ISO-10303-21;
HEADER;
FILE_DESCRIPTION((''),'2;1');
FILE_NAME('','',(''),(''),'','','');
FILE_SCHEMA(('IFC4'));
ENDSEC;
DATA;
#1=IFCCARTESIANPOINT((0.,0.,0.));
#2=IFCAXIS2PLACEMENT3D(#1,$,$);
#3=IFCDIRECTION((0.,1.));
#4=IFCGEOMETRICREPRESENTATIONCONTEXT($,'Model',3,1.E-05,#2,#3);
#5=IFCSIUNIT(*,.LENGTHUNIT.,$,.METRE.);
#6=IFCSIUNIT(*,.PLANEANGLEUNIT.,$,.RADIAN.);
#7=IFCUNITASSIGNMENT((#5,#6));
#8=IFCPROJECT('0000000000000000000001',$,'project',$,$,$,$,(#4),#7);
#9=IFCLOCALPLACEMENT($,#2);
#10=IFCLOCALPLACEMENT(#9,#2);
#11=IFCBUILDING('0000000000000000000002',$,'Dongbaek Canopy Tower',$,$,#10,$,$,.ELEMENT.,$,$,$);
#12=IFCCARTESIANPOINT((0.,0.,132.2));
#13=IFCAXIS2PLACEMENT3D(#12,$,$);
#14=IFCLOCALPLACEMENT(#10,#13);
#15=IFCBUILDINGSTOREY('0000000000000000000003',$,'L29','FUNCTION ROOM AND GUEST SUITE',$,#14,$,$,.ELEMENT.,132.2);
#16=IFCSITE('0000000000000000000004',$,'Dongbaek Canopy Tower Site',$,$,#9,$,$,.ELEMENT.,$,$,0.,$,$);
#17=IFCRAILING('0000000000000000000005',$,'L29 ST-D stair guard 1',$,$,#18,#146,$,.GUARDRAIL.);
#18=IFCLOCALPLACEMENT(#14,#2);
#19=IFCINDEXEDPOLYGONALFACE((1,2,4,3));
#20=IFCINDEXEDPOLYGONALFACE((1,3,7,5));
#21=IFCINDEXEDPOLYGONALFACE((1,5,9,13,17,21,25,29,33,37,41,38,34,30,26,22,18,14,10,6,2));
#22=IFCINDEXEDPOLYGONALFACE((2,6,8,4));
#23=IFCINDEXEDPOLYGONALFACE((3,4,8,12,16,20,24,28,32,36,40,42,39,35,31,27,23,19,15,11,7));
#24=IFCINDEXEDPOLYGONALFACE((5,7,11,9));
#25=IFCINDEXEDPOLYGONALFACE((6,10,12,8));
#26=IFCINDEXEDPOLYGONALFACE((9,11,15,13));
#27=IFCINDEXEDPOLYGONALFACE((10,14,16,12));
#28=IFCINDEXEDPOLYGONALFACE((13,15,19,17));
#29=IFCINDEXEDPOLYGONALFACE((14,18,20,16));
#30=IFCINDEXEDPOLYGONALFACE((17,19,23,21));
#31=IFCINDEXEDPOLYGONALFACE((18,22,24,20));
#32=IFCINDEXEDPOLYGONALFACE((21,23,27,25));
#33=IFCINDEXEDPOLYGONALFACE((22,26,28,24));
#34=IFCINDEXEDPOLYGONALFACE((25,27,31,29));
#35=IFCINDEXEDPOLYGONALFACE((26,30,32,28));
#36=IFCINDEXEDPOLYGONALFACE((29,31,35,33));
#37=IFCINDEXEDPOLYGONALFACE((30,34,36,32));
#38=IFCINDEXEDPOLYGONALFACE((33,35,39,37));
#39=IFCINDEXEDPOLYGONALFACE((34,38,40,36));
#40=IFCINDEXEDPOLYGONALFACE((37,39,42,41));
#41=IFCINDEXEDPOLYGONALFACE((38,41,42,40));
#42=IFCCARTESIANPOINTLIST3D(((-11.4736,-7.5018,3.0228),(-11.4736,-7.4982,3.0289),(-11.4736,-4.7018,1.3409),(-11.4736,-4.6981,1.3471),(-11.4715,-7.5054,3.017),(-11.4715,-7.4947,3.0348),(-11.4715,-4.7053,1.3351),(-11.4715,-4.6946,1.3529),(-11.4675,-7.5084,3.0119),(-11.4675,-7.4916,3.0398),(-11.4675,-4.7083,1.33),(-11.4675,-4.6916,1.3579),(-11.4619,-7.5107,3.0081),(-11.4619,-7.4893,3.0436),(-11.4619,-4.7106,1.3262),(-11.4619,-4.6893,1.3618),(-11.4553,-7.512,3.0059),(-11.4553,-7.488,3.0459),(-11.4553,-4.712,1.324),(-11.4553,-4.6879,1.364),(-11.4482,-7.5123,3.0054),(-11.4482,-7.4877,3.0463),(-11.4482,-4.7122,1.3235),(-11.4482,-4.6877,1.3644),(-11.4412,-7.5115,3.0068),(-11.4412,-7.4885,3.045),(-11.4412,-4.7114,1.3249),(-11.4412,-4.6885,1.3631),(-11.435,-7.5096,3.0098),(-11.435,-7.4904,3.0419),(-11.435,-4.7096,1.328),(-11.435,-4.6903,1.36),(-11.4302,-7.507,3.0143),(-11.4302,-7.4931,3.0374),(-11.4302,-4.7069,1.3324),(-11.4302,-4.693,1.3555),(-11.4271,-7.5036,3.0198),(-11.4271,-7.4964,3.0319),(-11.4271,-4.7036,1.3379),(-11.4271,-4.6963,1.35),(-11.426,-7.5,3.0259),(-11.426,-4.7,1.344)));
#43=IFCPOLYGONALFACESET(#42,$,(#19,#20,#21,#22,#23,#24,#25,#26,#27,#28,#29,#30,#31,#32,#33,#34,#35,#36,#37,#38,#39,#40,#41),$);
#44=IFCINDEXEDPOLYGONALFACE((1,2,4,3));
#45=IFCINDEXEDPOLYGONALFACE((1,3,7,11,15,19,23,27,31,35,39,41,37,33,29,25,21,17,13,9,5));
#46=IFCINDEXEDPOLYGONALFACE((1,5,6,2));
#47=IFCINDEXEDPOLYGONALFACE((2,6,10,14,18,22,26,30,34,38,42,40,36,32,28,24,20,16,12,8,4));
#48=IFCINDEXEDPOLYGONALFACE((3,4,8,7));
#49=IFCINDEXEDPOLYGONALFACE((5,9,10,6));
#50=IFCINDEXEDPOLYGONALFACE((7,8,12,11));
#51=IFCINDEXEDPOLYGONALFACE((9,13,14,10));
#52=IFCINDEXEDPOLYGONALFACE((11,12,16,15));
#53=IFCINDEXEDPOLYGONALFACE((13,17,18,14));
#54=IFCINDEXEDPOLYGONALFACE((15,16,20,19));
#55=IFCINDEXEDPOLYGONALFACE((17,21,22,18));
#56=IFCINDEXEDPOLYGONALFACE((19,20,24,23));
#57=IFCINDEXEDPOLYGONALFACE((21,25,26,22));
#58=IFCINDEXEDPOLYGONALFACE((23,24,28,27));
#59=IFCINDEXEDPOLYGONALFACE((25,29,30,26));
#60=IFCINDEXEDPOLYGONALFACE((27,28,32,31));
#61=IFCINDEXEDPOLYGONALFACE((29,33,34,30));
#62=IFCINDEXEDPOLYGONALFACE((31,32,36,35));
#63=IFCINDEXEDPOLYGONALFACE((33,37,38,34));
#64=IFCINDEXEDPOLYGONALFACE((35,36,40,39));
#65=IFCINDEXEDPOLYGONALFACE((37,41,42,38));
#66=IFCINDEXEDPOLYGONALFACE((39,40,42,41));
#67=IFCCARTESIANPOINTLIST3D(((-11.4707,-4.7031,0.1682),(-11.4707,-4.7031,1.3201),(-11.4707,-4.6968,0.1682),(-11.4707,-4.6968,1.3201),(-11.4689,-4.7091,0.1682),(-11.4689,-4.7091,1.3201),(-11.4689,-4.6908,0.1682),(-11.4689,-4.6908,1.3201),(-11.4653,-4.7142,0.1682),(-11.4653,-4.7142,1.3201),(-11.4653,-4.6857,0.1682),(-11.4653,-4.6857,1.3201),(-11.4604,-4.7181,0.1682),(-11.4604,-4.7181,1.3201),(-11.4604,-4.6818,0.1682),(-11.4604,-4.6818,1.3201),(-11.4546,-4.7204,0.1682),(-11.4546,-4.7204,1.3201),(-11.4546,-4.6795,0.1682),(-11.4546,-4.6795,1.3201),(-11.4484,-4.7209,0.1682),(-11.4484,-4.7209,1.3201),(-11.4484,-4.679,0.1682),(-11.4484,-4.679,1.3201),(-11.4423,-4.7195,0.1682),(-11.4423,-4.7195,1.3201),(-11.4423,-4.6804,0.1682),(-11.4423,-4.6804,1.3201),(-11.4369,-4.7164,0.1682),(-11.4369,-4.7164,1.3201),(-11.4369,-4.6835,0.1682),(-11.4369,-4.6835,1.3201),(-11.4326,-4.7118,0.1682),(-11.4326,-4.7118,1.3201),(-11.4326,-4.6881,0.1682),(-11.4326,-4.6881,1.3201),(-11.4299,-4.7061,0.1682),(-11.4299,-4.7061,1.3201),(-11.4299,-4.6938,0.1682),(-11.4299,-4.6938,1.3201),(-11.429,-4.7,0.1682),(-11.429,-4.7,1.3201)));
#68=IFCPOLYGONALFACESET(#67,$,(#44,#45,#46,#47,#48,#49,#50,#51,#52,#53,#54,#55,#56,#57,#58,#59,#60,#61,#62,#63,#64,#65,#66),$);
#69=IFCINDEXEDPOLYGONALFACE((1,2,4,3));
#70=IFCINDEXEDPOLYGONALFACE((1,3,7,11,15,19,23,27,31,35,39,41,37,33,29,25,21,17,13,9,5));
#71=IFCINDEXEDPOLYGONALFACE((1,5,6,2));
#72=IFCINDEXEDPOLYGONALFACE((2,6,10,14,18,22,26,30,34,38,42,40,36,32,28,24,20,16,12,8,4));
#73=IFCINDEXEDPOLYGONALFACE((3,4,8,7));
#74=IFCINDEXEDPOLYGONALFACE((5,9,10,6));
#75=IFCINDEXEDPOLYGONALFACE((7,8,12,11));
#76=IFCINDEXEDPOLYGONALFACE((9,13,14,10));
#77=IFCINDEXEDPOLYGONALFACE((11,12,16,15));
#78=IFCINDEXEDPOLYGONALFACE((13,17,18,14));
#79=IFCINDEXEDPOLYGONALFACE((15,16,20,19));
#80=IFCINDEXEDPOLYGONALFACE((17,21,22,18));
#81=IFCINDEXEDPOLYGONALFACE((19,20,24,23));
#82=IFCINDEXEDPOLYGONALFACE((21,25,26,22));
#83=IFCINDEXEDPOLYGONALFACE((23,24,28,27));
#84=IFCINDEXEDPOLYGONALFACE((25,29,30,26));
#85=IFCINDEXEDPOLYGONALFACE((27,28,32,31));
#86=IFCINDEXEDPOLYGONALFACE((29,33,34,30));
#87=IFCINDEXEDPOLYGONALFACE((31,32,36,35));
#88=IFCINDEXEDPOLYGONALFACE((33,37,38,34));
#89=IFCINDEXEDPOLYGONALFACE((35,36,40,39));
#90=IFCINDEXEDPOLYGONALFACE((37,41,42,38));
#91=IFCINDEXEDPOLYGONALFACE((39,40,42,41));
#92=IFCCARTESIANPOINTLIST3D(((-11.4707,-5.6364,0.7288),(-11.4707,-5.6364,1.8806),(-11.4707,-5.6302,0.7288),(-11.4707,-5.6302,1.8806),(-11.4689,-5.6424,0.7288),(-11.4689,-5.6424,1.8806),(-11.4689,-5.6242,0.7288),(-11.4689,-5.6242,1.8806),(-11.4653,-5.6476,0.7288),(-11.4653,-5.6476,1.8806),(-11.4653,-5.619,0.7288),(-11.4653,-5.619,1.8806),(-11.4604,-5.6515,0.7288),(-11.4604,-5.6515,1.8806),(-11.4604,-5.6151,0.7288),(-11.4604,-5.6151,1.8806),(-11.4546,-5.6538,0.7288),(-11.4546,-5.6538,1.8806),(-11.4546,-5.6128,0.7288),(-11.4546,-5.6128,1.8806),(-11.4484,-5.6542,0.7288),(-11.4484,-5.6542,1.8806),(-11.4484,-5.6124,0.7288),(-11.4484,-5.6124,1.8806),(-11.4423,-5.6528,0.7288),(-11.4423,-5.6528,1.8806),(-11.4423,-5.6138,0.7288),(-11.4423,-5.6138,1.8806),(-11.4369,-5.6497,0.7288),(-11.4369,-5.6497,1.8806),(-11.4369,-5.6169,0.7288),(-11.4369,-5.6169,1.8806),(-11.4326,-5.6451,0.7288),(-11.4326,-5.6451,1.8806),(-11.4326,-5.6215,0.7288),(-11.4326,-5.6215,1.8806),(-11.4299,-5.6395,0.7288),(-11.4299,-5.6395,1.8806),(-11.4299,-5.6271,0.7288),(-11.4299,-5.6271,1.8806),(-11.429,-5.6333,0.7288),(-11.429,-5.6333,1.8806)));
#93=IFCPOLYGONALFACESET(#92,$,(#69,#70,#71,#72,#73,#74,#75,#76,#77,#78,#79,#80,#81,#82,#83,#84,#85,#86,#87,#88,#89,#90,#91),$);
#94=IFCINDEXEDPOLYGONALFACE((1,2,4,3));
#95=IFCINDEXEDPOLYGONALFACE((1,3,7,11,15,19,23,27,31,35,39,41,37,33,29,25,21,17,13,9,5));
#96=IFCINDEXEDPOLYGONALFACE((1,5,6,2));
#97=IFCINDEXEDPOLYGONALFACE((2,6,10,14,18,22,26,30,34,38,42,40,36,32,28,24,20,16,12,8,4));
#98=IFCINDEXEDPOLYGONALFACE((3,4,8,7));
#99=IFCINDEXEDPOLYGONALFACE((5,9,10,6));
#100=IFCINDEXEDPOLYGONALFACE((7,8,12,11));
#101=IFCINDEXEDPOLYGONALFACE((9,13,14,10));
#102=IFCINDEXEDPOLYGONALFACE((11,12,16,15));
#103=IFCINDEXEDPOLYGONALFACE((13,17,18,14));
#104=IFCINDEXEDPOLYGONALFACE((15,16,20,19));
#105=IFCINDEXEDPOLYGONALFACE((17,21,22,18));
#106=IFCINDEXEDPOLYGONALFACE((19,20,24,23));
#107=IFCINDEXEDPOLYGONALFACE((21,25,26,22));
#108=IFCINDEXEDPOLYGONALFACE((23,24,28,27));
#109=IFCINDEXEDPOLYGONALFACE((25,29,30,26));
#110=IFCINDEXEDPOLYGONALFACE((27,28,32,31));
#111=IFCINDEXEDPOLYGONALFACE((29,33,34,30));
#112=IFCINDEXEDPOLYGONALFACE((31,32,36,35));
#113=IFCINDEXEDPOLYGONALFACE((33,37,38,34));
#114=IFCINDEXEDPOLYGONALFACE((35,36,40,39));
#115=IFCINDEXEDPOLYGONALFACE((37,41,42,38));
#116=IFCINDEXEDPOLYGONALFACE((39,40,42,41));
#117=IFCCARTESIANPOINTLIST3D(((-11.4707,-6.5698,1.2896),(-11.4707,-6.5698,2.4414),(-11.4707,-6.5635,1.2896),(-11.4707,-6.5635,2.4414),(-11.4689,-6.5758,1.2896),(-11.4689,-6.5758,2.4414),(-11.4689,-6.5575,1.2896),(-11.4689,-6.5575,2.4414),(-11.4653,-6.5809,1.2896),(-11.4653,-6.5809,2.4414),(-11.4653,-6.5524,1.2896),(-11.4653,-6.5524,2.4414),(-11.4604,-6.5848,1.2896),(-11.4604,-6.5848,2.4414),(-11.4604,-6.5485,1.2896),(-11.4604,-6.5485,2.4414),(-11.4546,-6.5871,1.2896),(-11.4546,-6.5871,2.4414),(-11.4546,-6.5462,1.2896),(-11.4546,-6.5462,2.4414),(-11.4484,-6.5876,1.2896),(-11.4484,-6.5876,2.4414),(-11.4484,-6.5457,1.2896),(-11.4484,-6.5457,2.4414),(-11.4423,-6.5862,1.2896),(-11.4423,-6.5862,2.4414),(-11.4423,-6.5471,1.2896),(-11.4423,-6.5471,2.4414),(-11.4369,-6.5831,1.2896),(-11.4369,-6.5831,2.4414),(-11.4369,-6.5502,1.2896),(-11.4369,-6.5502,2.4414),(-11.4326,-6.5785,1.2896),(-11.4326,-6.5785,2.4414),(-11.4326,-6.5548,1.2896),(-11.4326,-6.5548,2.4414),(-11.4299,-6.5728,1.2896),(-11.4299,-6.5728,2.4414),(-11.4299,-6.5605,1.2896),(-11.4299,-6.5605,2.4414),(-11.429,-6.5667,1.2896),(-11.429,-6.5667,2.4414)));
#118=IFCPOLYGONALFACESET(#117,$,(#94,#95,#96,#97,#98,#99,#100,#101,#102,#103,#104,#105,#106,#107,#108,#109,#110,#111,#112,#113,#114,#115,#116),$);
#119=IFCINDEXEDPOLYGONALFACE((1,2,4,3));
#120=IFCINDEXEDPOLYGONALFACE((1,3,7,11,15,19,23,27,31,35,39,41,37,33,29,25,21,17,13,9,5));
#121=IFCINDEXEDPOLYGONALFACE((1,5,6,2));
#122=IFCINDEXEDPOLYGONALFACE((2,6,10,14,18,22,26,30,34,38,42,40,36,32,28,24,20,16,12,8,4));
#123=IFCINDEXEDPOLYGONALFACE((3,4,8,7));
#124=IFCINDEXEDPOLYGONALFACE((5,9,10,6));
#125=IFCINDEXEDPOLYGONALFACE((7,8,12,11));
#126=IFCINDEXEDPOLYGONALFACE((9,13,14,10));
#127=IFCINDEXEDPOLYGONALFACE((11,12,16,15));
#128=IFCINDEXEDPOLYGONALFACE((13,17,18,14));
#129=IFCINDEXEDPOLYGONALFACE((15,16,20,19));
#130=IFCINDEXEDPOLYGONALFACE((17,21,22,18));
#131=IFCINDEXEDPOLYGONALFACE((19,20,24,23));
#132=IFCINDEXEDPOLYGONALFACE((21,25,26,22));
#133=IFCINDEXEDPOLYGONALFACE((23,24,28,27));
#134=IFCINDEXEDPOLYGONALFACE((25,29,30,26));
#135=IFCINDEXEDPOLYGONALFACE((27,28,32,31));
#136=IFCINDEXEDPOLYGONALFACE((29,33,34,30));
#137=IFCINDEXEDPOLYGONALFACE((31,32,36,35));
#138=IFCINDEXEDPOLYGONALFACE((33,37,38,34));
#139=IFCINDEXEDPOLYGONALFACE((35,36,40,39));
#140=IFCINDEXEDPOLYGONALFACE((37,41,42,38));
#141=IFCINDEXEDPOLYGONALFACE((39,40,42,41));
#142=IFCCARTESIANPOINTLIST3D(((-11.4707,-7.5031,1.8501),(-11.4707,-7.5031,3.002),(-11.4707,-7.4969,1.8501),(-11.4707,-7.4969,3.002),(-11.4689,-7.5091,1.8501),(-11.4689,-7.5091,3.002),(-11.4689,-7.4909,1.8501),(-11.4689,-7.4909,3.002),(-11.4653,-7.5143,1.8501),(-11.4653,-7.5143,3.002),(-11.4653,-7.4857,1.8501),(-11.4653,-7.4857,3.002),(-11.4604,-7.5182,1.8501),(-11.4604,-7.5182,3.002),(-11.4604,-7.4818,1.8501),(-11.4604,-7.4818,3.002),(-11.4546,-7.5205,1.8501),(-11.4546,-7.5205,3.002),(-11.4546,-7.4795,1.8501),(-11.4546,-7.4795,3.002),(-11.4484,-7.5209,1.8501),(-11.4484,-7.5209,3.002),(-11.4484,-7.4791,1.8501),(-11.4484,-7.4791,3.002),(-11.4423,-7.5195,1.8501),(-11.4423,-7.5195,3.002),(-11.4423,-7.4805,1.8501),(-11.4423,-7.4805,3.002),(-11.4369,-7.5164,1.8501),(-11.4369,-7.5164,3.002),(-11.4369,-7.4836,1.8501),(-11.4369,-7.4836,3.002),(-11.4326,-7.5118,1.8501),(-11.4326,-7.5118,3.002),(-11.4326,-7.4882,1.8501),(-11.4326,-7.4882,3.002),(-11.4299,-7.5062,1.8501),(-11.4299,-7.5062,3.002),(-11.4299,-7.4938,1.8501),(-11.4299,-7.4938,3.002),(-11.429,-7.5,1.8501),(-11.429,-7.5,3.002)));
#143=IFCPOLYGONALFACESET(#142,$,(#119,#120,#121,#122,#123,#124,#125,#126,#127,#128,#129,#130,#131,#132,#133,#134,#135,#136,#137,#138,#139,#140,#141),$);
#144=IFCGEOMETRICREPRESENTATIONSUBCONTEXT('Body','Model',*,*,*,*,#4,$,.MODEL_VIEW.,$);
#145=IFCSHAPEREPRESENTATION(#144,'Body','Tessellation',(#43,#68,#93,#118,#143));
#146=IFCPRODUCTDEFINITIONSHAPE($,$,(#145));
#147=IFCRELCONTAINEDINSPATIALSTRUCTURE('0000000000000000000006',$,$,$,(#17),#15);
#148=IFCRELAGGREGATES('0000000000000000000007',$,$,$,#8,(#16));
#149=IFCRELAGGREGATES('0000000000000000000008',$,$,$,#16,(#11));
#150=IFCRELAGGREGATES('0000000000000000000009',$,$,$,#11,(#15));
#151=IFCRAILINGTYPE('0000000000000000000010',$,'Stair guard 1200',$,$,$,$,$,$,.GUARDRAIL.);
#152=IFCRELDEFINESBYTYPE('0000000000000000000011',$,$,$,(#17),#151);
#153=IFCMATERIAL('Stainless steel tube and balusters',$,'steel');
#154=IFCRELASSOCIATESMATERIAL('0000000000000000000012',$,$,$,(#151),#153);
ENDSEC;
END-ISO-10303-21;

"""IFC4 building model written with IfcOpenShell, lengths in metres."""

from ifc_helpers import new_model, si_unit, direction, frame, origin, origin_2d, place, context, subcontext, project, spatial, circle, extrude, material, type_object, element, save


model = new_model("IFC4")

# Units and contexts
model_context = context("Model", 3, precision=1e-05, world=origin(), true_north=direction((0.0, 1.0)))
body_context = subcontext(model_context, "Body", "Model", "MODEL_VIEW")
ifc_project = project(units=[si_unit("LENGTHUNIT", "METRE"), si_unit("PLANEANGLEUNIT", "RADIAN")], contexts=[model_context])

# Site, building, storey
site_placement = place(None, origin())
site = spatial("IfcSite", under=ifc_project, at=site_placement, Name="Dongbaek Canopy Tower Site", CompositionType="ELEMENT", RefElevation=0.0)
building_placement = place(site_placement, origin())
building = spatial("IfcBuilding", under=site, at=building_placement, Name="Dongbaek Canopy Tower", CompositionType="ELEMENT")
storey_placement = place(building_placement, frame((0.0, 0.0, 132.2)))
storey = spatial("IfcBuildingStorey", under=building, at=storey_placement, Name="L29", Description="FUNCTION ROOM AND GUEST SUITE", CompositionType="ELEMENT", Elevation=132.2)

# Railing
ifc_material_1 = material(Name="Stainless steel tube and balusters", Category="steel")
railing_type_1 = type_object("IfcRailingType", Name="Stair guard 1200", PredefinedType="GUARDRAIL", material=ifc_material_1)
railing_1_placement = place(storey_placement, frame((-11.45, -4.7, 0.1682)))
element("IfcRailing", 1, at=railing_1_placement, inside=storey, type_object=railing_type_1, Name="L29 ST-D stair guard 1", PredefinedType="GUARDRAIL", context=body_context, shape_type="SweptSolid", body=[
    extrude(circle(Radius=0.0239, at=origin_2d()), frame((0.0, 0.0, 1.1758), z_axis=(0.0, -0.857242, 0.514913), x_axis=(1.0, 0.0, 0.0)), (0.0, 0.0, 1.0), 3.2664),
    extrude(circle(Radius=0.021, at=origin_2d()), origin(), (0.0, 0.0, 1.0), 1.1519),
    extrude(circle(Radius=0.021, at=origin_2d()), frame((0.0, -0.9333, 0.5605)), (0.0, 0.0, 1.0), 1.1519),
    extrude(circle(Radius=0.021, at=origin_2d()), frame((0.0, -1.8667, 1.1213)), (0.0, 0.0, 1.0), 1.1519),
    extrude(circle(Radius=0.021, at=origin_2d()), frame((0.0, -2.8, 1.6819)), (0.0, 0.0, 1.0), 1.1519),
])

save(model, "model.ifc")
